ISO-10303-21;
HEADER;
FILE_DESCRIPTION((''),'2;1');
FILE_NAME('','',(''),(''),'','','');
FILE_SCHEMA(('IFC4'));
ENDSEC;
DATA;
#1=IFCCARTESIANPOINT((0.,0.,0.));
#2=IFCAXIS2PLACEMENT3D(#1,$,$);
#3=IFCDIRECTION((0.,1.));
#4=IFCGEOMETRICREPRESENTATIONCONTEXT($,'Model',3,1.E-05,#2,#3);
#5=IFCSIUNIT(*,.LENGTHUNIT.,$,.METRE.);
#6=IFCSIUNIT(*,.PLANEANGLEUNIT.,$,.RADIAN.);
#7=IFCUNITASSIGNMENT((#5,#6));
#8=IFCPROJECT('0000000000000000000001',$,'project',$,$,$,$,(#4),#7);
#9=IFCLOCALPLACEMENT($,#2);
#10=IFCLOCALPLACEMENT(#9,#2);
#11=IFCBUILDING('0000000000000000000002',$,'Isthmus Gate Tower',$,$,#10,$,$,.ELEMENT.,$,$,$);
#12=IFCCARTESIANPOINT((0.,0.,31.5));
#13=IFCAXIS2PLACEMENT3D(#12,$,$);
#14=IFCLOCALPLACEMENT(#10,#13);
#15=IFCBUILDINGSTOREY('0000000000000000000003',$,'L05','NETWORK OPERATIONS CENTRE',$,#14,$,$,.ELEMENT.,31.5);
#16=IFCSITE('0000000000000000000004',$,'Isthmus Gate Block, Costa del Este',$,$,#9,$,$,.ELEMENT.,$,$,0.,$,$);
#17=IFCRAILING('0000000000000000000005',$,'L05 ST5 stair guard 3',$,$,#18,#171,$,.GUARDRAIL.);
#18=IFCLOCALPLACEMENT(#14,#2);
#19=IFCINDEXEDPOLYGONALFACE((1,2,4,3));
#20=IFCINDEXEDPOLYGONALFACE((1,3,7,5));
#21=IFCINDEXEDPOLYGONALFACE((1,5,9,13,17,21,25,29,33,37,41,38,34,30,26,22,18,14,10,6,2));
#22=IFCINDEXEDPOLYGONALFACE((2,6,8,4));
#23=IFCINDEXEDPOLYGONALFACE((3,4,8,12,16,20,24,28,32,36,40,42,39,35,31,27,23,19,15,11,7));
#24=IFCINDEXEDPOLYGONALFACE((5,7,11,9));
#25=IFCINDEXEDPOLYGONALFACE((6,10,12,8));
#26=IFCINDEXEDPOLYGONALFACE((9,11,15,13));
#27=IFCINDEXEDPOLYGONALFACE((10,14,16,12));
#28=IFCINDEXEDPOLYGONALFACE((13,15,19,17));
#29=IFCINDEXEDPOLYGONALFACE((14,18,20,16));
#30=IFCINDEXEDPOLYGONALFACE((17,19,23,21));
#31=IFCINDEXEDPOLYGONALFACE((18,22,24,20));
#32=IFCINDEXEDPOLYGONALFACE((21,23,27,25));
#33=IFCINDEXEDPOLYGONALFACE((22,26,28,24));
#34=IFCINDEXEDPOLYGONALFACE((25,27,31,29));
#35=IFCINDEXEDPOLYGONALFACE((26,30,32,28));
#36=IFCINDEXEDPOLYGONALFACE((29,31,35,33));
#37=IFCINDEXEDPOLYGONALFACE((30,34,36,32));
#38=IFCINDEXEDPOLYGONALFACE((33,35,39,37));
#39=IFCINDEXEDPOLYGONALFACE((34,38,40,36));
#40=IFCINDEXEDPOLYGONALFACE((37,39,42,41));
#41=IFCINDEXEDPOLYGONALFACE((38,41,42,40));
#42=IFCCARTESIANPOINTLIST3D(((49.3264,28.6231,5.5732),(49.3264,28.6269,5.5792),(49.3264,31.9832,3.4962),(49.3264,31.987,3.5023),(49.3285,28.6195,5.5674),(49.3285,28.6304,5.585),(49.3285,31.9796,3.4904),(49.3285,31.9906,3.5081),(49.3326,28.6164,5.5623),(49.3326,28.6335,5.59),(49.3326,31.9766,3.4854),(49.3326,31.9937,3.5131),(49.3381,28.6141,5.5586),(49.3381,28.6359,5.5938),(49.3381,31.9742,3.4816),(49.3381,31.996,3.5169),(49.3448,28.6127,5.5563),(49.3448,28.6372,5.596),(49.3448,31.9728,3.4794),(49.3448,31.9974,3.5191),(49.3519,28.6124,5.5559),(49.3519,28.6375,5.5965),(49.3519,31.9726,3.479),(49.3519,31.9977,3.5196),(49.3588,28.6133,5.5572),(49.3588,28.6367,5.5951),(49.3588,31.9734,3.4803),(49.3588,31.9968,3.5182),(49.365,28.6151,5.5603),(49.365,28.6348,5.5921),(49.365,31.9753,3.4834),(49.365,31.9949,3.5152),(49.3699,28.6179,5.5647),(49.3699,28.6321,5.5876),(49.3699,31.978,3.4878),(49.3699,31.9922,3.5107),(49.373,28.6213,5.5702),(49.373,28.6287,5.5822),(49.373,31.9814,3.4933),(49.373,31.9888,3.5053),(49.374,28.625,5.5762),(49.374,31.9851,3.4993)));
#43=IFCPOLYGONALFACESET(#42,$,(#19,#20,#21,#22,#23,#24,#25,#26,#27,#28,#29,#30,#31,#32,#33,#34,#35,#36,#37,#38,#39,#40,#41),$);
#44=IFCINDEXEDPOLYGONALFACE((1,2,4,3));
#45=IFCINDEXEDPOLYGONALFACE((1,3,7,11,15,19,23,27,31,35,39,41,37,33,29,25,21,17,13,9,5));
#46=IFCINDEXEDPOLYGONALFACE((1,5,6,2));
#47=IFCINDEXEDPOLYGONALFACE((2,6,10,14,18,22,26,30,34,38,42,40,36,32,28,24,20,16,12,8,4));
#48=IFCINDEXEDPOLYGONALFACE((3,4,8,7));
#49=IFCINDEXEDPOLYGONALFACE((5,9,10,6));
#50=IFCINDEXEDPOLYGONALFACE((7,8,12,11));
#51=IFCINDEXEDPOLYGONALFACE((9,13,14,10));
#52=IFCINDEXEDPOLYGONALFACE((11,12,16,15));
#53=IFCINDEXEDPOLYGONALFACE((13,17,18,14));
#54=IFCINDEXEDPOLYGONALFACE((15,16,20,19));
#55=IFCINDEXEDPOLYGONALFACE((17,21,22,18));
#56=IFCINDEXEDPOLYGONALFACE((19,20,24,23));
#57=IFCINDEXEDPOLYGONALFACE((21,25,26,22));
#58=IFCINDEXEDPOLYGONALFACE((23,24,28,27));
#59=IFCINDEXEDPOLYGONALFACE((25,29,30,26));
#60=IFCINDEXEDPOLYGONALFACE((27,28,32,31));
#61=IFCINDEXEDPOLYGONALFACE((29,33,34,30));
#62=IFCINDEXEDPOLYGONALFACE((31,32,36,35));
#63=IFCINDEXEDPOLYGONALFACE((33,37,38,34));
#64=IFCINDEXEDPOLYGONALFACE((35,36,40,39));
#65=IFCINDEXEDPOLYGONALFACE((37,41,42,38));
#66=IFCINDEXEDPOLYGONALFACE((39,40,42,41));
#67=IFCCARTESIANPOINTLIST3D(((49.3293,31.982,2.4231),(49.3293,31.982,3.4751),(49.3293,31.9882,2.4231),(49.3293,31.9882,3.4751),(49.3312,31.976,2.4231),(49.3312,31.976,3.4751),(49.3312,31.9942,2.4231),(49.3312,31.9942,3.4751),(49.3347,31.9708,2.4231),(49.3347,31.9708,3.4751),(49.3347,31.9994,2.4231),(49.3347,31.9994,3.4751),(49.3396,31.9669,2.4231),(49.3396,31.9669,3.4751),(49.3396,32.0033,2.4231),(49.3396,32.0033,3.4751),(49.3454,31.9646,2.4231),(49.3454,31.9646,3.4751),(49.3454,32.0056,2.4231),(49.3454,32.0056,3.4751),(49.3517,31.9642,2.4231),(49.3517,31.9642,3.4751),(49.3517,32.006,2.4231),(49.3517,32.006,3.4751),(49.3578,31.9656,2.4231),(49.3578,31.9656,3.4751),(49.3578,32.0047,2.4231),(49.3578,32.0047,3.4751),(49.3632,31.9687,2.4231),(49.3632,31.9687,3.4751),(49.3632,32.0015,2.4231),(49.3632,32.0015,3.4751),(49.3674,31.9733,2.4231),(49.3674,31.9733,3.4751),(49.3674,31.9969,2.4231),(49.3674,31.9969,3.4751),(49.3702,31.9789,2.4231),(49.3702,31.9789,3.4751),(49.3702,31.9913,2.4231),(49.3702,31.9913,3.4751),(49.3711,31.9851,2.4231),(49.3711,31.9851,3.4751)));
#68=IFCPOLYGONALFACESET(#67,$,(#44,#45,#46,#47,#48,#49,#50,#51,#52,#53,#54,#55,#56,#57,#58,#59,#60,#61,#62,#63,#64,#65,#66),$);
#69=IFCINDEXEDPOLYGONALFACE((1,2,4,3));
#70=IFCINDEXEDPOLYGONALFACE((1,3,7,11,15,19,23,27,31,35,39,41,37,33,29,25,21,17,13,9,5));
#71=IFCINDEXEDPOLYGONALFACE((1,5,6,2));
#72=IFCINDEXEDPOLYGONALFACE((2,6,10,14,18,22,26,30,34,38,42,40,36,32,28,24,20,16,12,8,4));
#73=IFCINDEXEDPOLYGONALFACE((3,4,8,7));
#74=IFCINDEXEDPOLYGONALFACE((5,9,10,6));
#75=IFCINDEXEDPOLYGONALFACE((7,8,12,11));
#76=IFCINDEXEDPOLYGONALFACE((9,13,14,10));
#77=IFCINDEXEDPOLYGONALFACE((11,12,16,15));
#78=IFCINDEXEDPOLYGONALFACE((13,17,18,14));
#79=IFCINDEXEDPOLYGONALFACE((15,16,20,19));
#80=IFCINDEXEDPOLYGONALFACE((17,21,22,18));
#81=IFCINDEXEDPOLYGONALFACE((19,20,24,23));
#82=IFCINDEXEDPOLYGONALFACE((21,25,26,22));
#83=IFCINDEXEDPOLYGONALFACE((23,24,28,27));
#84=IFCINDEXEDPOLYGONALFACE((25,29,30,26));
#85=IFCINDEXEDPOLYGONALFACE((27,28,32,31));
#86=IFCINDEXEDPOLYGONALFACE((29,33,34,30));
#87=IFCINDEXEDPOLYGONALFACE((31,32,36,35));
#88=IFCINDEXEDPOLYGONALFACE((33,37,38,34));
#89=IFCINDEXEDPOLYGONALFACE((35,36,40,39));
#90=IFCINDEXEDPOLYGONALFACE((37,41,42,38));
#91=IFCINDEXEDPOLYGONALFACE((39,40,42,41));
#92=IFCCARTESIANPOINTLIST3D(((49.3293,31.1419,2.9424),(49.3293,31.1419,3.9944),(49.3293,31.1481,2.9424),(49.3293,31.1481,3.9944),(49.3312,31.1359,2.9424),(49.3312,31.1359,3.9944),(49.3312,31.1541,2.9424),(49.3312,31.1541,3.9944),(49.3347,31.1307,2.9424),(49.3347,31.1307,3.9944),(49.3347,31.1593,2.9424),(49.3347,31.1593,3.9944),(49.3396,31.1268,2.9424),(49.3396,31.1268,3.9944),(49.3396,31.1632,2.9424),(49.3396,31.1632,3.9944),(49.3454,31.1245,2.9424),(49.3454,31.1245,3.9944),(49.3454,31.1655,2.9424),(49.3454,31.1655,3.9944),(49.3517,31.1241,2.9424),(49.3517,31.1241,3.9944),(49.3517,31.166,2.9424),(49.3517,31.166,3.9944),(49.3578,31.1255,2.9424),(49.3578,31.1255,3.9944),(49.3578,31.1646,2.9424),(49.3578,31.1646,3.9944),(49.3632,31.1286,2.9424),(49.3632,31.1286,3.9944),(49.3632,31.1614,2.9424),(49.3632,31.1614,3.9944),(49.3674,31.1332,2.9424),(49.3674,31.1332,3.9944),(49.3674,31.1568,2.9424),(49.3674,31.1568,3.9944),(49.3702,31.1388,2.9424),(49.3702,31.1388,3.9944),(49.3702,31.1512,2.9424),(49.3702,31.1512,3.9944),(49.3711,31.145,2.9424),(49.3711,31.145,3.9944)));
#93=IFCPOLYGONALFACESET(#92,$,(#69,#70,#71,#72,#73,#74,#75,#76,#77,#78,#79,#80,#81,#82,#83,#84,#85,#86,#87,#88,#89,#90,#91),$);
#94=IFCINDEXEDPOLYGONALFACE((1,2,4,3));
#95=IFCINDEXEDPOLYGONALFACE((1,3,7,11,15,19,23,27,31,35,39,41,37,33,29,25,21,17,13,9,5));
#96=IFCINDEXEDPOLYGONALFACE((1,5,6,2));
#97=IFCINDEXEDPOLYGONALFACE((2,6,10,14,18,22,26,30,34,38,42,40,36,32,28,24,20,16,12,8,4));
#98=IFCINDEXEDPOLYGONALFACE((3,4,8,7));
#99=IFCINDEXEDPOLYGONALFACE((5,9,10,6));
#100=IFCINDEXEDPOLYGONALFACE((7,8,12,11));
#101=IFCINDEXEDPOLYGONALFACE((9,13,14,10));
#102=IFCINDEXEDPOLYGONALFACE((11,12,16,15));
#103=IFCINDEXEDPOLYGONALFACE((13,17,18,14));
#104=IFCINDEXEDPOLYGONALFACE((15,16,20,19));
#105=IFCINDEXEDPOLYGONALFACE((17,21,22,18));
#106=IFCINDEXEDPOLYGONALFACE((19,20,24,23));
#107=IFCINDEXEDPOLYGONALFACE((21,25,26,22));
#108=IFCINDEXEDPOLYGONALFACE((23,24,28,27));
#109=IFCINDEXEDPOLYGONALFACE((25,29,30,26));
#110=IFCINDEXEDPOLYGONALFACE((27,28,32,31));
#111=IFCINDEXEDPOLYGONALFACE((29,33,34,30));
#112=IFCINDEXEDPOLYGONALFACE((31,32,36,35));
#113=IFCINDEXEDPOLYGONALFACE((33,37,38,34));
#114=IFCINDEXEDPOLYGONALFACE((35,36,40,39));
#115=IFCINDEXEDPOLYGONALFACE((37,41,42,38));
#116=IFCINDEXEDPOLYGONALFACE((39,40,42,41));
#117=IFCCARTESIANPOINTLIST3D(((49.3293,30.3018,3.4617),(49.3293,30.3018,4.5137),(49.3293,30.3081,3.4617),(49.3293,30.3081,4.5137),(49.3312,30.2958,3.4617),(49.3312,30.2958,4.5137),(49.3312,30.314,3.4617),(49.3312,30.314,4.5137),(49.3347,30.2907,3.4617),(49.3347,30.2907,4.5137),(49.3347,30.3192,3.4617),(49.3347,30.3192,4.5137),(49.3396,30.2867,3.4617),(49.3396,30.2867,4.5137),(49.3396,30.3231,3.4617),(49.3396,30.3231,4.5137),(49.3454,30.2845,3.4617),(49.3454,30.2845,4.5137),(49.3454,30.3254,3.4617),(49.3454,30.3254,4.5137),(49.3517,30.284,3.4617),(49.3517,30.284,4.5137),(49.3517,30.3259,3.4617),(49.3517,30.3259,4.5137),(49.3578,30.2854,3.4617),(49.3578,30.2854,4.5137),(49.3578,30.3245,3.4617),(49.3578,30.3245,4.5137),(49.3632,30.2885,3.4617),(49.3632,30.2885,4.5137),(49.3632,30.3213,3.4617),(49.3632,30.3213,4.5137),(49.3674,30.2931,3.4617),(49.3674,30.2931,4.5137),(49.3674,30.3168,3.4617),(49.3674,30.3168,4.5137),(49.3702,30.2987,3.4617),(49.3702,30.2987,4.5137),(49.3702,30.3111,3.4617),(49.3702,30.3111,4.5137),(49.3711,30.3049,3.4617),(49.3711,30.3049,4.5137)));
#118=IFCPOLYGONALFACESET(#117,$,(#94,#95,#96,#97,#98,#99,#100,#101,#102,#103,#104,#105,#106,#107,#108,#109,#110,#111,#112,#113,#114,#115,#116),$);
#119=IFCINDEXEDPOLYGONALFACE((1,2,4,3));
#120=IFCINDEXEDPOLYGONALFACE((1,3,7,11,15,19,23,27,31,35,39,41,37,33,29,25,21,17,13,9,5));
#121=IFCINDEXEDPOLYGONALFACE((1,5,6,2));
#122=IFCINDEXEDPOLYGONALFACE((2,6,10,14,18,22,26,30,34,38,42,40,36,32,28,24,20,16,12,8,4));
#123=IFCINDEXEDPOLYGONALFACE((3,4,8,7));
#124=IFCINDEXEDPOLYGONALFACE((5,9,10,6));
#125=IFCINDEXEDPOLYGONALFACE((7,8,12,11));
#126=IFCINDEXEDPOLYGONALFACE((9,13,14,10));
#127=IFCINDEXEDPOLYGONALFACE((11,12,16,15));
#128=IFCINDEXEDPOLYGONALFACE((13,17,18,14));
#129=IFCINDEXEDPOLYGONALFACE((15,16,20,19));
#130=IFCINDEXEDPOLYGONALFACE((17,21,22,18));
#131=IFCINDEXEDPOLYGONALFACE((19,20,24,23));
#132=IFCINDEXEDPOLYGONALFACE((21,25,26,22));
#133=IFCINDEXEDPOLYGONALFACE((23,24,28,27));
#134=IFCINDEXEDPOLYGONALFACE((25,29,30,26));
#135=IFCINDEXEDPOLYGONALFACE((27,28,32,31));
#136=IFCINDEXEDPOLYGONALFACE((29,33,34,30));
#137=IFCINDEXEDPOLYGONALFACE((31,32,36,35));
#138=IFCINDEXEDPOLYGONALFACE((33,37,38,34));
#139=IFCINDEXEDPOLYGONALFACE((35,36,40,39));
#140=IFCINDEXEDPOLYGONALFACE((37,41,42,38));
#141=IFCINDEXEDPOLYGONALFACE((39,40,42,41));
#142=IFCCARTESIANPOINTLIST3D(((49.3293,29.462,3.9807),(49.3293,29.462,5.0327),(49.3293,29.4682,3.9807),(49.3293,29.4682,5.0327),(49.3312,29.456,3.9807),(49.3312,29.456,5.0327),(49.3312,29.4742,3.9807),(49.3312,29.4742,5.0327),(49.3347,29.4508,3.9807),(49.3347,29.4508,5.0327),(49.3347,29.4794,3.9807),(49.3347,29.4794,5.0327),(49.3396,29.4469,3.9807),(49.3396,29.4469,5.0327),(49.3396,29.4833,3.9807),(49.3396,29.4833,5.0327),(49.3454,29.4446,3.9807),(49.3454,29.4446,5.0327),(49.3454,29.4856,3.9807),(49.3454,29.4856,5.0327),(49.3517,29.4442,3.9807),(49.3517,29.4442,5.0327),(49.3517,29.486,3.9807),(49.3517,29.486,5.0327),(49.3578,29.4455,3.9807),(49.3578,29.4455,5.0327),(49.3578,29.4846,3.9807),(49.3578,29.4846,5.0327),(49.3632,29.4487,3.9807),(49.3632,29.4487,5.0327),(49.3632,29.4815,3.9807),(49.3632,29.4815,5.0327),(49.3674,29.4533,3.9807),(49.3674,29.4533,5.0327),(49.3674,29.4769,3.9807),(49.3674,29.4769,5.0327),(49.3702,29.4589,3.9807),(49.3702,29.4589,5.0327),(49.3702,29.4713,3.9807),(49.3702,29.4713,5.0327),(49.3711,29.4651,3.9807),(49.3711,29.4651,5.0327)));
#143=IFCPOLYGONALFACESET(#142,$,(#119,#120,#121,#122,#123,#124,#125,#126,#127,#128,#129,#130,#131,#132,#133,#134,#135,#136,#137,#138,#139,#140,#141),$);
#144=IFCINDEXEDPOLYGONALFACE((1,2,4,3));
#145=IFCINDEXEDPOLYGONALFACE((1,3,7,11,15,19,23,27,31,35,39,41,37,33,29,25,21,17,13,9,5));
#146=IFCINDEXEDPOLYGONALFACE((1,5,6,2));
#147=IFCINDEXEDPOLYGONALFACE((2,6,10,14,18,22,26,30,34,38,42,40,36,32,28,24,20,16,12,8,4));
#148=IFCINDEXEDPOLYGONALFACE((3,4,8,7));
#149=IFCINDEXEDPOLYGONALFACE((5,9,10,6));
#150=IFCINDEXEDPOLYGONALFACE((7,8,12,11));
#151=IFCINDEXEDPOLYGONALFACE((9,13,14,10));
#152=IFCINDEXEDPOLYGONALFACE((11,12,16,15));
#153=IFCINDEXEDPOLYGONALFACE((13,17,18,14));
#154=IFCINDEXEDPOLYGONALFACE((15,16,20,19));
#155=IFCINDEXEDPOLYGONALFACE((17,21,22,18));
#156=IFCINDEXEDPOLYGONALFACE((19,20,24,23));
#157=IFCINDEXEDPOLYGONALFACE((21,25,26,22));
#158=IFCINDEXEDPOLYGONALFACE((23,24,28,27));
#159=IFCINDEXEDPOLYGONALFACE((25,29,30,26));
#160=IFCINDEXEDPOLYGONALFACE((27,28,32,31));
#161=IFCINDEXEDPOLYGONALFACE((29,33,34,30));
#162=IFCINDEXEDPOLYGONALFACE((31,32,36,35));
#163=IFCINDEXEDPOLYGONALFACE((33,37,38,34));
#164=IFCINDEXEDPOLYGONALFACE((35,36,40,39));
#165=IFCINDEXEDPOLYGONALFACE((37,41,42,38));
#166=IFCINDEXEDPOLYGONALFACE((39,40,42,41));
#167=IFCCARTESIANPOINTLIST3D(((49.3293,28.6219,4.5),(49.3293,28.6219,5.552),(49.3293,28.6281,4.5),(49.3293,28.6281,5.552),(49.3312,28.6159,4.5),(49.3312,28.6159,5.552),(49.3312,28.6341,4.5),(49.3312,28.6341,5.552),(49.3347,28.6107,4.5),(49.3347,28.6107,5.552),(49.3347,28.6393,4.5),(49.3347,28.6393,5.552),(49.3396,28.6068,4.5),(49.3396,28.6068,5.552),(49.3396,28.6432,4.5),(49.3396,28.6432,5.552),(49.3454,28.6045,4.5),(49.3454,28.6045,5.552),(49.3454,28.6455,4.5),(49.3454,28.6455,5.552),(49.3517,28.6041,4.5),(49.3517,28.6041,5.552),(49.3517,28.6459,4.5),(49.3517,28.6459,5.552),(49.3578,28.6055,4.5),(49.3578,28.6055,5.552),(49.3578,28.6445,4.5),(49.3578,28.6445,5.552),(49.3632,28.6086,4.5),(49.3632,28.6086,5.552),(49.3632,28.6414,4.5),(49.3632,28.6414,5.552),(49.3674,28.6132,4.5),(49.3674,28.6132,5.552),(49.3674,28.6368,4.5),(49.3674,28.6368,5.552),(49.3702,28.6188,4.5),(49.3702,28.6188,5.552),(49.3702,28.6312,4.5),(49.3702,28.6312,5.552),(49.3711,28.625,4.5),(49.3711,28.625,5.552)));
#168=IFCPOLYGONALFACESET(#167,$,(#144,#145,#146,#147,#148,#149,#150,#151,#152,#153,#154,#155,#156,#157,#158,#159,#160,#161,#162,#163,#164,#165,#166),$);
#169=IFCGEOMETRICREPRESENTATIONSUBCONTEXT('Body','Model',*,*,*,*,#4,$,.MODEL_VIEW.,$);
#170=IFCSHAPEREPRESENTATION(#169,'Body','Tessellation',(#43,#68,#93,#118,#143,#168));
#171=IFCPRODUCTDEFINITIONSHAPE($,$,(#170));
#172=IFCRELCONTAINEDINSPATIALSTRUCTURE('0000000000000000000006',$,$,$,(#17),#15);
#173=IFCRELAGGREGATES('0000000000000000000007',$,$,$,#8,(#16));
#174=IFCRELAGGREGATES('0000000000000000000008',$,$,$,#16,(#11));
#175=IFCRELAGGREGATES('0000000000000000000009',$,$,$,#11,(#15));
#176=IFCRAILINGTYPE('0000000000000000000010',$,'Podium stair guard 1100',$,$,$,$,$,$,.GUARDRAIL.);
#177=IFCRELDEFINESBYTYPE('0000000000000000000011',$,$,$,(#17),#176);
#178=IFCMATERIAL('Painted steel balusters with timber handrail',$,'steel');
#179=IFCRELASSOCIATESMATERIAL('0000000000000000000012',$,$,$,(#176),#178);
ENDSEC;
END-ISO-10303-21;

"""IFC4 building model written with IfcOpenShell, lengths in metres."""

from ifc_helpers import new_model, si_unit, direction, frame, origin, origin_2d, place, context, subcontext, project, spatial, circle, extrude, material, type_object, element, save


model = new_model("IFC4")

# Units and contexts
model_context = context("Model", 3, precision=1e-05, world=origin(), true_north=direction((0.0, 1.0)))
body_context = subcontext(model_context, "Body", "Model", "MODEL_VIEW")
ifc_project = project(units=[si_unit("LENGTHUNIT", "METRE"), si_unit("PLANEANGLEUNIT", "RADIAN")], contexts=[model_context])

# Site, building, storey
site_placement = place(None, origin())
site = spatial("IfcSite", under=ifc_project, at=site_placement, Name="Isthmus Gate Block, Costa del Este", CompositionType="ELEMENT", RefElevation=0.0)
building_placement = place(site_placement, origin())
building = spatial("IfcBuilding", under=site, at=building_placement, Name="Isthmus Gate Tower", CompositionType="ELEMENT")
storey_placement = place(building_placement, frame((0.0, 0.0, 31.5)))
storey = spatial("IfcBuildingStorey", under=building, at=storey_placement, Name="L05", Description="NETWORK OPERATIONS CENTRE", CompositionType="ELEMENT", Elevation=31.5)

# Railing
ifc_material_1 = material(Name="Painted steel balusters with timber handrail", Category="steel")
railing_type_1 = type_object("IfcRailingType", Name="Podium stair guard 1100", PredefinedType="GUARDRAIL", material=ifc_material_1)
railing_1_placement = place(storey_placement, frame((49.3501, 31.9851, 2.4231)))
element("IfcRailing", 1, at=railing_1_placement, inside=storey, type_object=railing_type_1, Name="L05 ST5 stair guard 3", PredefinedType="GUARDRAIL", context=body_context, shape_type="SweptSolid", body=[
    extrude(circle(Radius=0.0239, at=origin_2d()), frame((0.0, 0.0, 1.0762), z_axis=(0.0, -0.850623, 0.525776), x_axis=(1.0, 0.0, 0.0)), (0.0, 0.0, 1.0), 3.9502),
    extrude(circle(Radius=0.021, at=origin_2d()), origin(), (0.0, 0.0, 1.0), 1.052),
    extrude(circle(Radius=0.021, at=origin_2d()), frame((0.0, -0.8401, 0.5193)), (0.0, 0.0, 1.0), 1.052),
    extrude(circle(Radius=0.021, at=origin_2d()), frame((0.0, -1.6802, 1.0386)), (0.0, 0.0, 1.0), 1.052),
    extrude(circle(Radius=0.021, at=origin_2d()), frame((0.0, -2.52, 1.5576)), (0.0, 0.0, 1.0), 1.052),
    extrude(circle(Radius=0.021, at=origin_2d()), frame((0.0, -3.3601, 2.0769)), (0.0, 0.0, 1.0), 1.052),
])

save(model, "model.ifc")
